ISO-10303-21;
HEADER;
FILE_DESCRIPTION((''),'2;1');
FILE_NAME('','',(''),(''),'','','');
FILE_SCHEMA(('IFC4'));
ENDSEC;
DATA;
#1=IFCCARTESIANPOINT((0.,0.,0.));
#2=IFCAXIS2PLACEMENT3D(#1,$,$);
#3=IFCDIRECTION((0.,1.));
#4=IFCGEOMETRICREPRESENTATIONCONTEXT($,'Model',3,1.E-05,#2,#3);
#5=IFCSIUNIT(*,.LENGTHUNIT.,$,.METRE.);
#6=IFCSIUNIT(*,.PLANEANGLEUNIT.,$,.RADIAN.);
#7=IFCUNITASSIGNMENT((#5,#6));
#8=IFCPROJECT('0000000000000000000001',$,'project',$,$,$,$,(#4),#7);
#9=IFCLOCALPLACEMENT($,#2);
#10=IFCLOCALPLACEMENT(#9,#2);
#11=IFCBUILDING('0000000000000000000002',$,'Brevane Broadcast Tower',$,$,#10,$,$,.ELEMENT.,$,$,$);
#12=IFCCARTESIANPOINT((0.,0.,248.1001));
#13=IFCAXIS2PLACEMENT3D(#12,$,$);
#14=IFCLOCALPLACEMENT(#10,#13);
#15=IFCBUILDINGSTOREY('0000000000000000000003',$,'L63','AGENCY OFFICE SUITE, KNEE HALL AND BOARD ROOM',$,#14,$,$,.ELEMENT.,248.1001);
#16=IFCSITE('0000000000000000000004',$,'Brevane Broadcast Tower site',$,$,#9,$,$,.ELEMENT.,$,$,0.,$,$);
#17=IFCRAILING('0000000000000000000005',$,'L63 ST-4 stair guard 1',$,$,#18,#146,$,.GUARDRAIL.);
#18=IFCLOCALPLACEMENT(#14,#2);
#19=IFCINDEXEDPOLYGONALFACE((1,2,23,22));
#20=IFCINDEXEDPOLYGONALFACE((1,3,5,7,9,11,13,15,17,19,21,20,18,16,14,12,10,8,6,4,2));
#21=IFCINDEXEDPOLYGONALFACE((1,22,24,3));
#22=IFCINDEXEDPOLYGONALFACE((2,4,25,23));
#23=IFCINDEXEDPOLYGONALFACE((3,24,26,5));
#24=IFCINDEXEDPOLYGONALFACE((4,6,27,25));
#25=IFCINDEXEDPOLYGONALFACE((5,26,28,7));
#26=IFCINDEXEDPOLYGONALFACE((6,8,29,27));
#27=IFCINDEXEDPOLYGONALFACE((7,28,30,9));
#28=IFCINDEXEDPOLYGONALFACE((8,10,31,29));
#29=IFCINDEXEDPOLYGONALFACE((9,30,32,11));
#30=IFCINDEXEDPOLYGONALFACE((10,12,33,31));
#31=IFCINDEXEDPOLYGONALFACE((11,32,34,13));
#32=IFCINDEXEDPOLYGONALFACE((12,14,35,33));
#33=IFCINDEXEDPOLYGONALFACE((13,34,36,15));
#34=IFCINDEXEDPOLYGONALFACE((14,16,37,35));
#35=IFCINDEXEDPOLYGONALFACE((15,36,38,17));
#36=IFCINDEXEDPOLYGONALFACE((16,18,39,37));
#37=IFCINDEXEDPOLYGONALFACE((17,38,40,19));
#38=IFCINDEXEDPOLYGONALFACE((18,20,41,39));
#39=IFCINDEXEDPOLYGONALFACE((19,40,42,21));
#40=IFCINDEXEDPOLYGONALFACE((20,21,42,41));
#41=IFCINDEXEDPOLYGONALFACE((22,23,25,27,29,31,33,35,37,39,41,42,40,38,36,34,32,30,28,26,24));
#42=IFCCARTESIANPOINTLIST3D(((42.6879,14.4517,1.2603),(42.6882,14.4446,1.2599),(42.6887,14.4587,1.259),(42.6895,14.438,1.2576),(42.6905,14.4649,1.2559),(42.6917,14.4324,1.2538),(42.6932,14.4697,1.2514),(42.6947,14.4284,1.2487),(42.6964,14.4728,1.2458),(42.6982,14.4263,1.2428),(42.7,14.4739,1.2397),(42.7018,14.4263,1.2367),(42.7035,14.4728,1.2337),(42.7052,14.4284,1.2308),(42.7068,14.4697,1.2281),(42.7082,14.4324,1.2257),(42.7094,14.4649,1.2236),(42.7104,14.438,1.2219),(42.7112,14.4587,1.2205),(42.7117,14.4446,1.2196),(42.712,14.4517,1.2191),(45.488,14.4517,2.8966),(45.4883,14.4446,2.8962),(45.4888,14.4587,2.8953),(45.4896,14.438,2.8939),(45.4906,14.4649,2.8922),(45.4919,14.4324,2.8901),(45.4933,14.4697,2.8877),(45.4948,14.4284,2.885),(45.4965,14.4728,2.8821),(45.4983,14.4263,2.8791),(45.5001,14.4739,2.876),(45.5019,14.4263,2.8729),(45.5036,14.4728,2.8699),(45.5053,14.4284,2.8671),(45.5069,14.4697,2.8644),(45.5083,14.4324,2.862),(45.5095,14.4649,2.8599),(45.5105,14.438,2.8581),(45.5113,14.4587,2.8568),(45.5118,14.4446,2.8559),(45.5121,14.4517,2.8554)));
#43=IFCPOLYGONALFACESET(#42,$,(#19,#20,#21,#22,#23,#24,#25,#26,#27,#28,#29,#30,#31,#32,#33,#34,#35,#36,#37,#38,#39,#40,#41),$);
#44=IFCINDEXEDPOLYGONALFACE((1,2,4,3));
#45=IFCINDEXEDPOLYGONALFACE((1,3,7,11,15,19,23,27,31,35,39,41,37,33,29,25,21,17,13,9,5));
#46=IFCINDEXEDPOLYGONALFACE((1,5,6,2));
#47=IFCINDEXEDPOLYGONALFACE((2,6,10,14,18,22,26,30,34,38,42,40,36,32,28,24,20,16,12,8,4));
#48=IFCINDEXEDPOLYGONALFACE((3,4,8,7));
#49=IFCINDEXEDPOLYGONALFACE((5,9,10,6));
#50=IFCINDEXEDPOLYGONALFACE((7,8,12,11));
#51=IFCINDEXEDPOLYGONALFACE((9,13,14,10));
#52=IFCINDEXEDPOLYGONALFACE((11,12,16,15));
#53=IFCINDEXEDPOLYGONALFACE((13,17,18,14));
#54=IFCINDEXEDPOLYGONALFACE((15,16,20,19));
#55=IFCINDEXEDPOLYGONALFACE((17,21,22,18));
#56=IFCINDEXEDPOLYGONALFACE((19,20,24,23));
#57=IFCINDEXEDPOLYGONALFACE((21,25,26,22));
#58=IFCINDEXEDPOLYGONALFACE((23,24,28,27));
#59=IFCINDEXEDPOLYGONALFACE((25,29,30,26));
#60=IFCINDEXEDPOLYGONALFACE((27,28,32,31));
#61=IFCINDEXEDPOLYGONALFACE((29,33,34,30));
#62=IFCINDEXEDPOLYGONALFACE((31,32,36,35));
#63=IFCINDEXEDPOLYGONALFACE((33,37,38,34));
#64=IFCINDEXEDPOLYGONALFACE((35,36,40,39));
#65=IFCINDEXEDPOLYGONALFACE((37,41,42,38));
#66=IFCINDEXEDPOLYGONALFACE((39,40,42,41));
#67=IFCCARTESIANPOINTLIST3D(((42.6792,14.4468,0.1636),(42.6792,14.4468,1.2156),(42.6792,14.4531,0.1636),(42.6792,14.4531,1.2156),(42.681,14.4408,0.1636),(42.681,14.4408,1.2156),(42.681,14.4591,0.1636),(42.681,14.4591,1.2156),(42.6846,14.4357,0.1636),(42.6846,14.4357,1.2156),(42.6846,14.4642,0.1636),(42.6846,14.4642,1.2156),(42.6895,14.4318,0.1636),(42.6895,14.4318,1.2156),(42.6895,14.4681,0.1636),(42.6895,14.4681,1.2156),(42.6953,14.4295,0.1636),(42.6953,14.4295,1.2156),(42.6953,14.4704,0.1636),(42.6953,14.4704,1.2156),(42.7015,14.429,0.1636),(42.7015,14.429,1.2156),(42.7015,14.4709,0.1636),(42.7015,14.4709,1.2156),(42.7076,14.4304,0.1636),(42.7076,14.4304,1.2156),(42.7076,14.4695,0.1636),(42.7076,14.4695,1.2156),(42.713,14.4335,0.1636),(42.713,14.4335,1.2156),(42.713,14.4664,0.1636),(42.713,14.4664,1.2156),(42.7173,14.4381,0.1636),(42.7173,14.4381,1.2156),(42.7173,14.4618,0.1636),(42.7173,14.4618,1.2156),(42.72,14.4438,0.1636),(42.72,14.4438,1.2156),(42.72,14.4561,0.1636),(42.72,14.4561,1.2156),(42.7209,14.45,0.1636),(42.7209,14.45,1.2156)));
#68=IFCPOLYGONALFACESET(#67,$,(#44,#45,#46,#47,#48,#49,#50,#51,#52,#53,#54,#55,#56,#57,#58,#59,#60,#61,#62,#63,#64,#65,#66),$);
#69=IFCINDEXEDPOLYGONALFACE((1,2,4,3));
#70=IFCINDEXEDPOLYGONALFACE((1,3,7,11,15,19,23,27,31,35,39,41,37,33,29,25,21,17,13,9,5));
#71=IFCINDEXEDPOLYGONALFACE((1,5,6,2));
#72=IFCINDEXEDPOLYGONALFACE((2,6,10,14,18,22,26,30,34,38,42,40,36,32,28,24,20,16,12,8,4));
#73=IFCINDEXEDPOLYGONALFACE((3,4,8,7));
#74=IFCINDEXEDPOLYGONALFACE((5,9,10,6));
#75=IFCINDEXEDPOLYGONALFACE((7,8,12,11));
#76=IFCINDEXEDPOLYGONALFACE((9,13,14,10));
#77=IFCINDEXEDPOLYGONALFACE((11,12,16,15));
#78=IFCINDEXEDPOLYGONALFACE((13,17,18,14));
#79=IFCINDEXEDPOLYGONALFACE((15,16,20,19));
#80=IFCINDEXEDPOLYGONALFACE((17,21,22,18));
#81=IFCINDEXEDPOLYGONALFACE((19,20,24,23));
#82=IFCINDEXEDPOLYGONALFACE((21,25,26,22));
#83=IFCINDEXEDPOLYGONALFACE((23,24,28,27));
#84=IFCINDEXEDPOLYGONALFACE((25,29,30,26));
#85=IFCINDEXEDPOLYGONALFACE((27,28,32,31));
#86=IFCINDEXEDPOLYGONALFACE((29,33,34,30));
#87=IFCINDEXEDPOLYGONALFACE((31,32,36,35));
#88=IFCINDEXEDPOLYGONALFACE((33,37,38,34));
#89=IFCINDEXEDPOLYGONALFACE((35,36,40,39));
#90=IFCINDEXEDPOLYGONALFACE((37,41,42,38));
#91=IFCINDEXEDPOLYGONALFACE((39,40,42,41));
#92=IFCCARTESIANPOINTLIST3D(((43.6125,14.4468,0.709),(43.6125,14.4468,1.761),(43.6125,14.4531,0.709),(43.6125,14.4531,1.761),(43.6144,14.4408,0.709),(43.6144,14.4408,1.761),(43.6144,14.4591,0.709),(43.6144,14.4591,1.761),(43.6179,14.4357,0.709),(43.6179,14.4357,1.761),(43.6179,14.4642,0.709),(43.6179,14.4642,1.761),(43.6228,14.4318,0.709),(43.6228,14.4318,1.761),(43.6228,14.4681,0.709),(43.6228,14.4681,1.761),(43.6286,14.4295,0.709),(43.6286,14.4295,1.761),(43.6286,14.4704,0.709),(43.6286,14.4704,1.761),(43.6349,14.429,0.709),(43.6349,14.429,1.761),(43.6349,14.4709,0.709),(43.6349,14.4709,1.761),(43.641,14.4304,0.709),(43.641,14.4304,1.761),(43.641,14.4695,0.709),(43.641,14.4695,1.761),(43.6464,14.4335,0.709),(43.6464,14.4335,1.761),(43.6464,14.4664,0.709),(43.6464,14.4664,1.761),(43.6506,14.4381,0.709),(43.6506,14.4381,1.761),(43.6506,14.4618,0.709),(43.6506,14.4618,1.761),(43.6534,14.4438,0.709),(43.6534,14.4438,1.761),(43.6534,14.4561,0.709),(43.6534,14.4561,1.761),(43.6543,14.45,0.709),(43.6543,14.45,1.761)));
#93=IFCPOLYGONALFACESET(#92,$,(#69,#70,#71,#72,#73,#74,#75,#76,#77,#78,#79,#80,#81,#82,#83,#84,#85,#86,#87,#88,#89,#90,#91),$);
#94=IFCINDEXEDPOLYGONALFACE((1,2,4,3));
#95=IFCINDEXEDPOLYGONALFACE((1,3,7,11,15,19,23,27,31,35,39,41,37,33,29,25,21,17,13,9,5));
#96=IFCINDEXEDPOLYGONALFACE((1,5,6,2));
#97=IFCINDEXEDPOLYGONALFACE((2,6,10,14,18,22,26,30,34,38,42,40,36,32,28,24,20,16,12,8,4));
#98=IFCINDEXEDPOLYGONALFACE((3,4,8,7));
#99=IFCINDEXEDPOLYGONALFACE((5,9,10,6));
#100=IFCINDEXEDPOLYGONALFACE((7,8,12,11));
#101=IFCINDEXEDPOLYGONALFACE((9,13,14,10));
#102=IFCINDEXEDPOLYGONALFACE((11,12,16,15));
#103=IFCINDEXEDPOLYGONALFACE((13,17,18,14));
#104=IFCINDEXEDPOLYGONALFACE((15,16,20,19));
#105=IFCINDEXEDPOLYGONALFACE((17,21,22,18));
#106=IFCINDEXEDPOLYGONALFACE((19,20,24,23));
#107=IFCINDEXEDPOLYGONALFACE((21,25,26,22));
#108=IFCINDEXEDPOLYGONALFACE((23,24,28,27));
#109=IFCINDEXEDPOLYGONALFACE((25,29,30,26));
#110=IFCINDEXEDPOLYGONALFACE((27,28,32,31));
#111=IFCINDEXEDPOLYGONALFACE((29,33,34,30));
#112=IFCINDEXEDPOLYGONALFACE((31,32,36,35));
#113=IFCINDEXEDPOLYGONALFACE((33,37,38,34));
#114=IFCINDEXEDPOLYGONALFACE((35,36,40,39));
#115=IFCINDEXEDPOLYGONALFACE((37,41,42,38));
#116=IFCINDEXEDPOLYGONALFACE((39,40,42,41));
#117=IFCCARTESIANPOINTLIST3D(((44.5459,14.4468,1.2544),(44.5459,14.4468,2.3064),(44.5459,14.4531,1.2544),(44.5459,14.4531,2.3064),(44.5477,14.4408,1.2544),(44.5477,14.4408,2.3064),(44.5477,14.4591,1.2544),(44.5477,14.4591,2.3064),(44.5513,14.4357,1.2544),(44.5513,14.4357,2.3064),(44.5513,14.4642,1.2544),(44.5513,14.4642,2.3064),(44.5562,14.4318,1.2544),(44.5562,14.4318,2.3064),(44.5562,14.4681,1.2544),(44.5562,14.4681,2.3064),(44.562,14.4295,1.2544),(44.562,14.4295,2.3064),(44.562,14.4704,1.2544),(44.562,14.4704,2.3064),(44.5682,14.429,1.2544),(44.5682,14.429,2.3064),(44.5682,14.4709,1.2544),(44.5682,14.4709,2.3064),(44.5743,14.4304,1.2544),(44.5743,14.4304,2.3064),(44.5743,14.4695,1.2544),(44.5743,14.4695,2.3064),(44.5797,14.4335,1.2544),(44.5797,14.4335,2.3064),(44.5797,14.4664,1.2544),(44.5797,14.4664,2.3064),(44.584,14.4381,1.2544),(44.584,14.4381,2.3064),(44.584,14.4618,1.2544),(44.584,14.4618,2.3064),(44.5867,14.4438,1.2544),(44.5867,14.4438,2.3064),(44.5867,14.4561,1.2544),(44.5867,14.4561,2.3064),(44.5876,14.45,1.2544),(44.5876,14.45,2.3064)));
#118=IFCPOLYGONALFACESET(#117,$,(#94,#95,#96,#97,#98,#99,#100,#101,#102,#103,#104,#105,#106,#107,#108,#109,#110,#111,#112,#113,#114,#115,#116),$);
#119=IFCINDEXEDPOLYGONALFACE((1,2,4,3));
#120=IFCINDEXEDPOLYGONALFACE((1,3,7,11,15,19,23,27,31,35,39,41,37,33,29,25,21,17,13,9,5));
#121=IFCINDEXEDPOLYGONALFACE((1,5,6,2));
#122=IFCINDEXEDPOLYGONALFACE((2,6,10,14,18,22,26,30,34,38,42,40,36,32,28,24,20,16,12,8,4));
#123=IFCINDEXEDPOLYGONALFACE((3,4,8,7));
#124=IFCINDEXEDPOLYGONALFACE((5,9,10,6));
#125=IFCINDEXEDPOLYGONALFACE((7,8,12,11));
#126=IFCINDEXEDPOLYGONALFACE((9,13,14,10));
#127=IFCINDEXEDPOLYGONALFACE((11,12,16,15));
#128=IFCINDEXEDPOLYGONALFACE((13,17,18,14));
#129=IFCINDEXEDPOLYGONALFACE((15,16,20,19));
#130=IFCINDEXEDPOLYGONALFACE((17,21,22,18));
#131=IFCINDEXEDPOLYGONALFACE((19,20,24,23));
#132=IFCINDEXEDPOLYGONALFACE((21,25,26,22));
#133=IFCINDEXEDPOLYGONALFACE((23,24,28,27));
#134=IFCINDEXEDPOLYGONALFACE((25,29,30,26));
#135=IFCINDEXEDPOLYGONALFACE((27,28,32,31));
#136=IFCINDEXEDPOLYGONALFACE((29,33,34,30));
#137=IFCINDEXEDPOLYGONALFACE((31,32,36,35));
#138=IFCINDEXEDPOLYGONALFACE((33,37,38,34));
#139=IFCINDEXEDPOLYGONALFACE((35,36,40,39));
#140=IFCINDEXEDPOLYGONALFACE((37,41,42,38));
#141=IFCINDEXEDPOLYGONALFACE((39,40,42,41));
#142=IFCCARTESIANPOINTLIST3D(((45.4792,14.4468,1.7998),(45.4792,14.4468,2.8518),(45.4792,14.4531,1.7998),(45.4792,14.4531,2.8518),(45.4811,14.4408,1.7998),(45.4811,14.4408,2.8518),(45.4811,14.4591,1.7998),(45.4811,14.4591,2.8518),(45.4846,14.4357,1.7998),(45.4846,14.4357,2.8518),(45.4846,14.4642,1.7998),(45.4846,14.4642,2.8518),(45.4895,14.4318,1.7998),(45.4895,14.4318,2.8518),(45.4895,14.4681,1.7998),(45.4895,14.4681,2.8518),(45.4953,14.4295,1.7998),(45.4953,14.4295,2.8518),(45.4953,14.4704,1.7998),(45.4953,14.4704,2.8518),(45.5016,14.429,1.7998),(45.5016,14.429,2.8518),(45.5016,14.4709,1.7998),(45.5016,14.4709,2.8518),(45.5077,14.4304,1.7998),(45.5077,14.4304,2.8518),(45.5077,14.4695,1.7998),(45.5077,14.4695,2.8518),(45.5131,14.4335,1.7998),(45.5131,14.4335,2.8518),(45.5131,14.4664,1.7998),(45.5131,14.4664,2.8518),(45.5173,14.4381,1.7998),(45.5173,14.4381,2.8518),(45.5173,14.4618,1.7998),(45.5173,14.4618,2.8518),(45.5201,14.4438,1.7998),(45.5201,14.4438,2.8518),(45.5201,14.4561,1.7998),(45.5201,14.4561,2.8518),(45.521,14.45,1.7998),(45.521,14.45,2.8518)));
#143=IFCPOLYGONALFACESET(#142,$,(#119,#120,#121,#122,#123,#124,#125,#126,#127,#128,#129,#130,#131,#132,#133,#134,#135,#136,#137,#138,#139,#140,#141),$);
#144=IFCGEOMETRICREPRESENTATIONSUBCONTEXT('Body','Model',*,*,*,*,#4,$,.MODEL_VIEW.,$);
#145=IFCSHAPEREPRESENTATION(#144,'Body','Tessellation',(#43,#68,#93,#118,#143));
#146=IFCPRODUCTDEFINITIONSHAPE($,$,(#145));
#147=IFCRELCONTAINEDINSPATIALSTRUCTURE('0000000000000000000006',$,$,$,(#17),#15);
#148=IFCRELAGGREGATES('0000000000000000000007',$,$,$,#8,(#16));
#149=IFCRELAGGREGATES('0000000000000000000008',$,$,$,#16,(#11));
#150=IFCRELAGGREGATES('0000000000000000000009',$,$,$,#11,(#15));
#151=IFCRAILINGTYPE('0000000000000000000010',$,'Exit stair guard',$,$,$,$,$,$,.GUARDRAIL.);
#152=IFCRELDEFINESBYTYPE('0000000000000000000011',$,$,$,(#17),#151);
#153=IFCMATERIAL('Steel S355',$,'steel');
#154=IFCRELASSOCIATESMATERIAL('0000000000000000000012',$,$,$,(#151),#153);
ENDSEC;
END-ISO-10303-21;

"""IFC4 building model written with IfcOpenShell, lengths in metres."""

from ifc_helpers import new_model, si_unit, direction, frame, origin, origin_2d, place, context, subcontext, project, spatial, circle, extrude, material, type_object, element, save


model = new_model("IFC4")

# Units and contexts
model_context = context("Model", 3, precision=1e-05, world=origin(), true_north=direction((0.0, 1.0)))
body_context = subcontext(model_context, "Body", "Model", "MODEL_VIEW")
ifc_project = project(units=[si_unit("LENGTHUNIT", "METRE"), si_unit("PLANEANGLEUNIT", "RADIAN")], contexts=[model_context])

# Site, building, storey
site_placement = place(None, origin())
site = spatial("IfcSite", under=ifc_project, at=site_placement, Name="Brevane Broadcast Tower site", CompositionType="ELEMENT", RefElevation=0.0)
building_placement = place(site_placement, origin())
building = spatial("IfcBuilding", under=site, at=building_placement, Name="Brevane Broadcast Tower", CompositionType="ELEMENT")
storey_placement = place(building_placement, frame((0.0, 0.0, 248.1001)))
storey = spatial("IfcBuildingStorey", under=building, at=storey_placement, Name="L63", Description="AGENCY OFFICE SUITE, KNEE HALL AND BOARD ROOM", CompositionType="ELEMENT", Elevation=248.1001)

# Railing
ifc_material_1 = material(Name="Steel S355", Category="steel")
railing_type_1 = type_object("IfcRailingType", Name="Exit stair guard", PredefinedType="GUARDRAIL", material=ifc_material_1)
railing_1_placement = place(storey_placement, frame((42.7, 14.45, 0.1636)))
element("IfcRailing", 1, at=railing_1_placement, inside=storey, type_object=railing_type_1, Name="L63 ST-4 stair guard 1", PredefinedType="GUARDRAIL", context=body_context, shape_type="SweptSolid", body=[
    extrude(circle(Radius=0.0239, at=origin_2d()), frame((0.0, 0.0, 1.0762), z_axis=(0.863394, 0.0, 0.504531), x_axis=(0.0, 1.0, 0.0)), (0.0, 0.0, 1.0), 3.2432),
    extrude(circle(Radius=0.021, at=origin_2d()), origin(), (0.0, 0.0, 1.0), 1.052),
    extrude(circle(Radius=0.021, at=origin_2d()), frame((0.9333, 0.0, 0.5454)), (0.0, 0.0, 1.0), 1.052),
    extrude(circle(Radius=0.021, at=origin_2d()), frame((1.8667, 0.0, 1.0908)), (0.0, 0.0, 1.0), 1.052),
    extrude(circle(Radius=0.021, at=origin_2d()), frame((2.8, 0.0, 1.6362)), (0.0, 0.0, 1.0), 1.052),
])

save(model, "model.ifc")
